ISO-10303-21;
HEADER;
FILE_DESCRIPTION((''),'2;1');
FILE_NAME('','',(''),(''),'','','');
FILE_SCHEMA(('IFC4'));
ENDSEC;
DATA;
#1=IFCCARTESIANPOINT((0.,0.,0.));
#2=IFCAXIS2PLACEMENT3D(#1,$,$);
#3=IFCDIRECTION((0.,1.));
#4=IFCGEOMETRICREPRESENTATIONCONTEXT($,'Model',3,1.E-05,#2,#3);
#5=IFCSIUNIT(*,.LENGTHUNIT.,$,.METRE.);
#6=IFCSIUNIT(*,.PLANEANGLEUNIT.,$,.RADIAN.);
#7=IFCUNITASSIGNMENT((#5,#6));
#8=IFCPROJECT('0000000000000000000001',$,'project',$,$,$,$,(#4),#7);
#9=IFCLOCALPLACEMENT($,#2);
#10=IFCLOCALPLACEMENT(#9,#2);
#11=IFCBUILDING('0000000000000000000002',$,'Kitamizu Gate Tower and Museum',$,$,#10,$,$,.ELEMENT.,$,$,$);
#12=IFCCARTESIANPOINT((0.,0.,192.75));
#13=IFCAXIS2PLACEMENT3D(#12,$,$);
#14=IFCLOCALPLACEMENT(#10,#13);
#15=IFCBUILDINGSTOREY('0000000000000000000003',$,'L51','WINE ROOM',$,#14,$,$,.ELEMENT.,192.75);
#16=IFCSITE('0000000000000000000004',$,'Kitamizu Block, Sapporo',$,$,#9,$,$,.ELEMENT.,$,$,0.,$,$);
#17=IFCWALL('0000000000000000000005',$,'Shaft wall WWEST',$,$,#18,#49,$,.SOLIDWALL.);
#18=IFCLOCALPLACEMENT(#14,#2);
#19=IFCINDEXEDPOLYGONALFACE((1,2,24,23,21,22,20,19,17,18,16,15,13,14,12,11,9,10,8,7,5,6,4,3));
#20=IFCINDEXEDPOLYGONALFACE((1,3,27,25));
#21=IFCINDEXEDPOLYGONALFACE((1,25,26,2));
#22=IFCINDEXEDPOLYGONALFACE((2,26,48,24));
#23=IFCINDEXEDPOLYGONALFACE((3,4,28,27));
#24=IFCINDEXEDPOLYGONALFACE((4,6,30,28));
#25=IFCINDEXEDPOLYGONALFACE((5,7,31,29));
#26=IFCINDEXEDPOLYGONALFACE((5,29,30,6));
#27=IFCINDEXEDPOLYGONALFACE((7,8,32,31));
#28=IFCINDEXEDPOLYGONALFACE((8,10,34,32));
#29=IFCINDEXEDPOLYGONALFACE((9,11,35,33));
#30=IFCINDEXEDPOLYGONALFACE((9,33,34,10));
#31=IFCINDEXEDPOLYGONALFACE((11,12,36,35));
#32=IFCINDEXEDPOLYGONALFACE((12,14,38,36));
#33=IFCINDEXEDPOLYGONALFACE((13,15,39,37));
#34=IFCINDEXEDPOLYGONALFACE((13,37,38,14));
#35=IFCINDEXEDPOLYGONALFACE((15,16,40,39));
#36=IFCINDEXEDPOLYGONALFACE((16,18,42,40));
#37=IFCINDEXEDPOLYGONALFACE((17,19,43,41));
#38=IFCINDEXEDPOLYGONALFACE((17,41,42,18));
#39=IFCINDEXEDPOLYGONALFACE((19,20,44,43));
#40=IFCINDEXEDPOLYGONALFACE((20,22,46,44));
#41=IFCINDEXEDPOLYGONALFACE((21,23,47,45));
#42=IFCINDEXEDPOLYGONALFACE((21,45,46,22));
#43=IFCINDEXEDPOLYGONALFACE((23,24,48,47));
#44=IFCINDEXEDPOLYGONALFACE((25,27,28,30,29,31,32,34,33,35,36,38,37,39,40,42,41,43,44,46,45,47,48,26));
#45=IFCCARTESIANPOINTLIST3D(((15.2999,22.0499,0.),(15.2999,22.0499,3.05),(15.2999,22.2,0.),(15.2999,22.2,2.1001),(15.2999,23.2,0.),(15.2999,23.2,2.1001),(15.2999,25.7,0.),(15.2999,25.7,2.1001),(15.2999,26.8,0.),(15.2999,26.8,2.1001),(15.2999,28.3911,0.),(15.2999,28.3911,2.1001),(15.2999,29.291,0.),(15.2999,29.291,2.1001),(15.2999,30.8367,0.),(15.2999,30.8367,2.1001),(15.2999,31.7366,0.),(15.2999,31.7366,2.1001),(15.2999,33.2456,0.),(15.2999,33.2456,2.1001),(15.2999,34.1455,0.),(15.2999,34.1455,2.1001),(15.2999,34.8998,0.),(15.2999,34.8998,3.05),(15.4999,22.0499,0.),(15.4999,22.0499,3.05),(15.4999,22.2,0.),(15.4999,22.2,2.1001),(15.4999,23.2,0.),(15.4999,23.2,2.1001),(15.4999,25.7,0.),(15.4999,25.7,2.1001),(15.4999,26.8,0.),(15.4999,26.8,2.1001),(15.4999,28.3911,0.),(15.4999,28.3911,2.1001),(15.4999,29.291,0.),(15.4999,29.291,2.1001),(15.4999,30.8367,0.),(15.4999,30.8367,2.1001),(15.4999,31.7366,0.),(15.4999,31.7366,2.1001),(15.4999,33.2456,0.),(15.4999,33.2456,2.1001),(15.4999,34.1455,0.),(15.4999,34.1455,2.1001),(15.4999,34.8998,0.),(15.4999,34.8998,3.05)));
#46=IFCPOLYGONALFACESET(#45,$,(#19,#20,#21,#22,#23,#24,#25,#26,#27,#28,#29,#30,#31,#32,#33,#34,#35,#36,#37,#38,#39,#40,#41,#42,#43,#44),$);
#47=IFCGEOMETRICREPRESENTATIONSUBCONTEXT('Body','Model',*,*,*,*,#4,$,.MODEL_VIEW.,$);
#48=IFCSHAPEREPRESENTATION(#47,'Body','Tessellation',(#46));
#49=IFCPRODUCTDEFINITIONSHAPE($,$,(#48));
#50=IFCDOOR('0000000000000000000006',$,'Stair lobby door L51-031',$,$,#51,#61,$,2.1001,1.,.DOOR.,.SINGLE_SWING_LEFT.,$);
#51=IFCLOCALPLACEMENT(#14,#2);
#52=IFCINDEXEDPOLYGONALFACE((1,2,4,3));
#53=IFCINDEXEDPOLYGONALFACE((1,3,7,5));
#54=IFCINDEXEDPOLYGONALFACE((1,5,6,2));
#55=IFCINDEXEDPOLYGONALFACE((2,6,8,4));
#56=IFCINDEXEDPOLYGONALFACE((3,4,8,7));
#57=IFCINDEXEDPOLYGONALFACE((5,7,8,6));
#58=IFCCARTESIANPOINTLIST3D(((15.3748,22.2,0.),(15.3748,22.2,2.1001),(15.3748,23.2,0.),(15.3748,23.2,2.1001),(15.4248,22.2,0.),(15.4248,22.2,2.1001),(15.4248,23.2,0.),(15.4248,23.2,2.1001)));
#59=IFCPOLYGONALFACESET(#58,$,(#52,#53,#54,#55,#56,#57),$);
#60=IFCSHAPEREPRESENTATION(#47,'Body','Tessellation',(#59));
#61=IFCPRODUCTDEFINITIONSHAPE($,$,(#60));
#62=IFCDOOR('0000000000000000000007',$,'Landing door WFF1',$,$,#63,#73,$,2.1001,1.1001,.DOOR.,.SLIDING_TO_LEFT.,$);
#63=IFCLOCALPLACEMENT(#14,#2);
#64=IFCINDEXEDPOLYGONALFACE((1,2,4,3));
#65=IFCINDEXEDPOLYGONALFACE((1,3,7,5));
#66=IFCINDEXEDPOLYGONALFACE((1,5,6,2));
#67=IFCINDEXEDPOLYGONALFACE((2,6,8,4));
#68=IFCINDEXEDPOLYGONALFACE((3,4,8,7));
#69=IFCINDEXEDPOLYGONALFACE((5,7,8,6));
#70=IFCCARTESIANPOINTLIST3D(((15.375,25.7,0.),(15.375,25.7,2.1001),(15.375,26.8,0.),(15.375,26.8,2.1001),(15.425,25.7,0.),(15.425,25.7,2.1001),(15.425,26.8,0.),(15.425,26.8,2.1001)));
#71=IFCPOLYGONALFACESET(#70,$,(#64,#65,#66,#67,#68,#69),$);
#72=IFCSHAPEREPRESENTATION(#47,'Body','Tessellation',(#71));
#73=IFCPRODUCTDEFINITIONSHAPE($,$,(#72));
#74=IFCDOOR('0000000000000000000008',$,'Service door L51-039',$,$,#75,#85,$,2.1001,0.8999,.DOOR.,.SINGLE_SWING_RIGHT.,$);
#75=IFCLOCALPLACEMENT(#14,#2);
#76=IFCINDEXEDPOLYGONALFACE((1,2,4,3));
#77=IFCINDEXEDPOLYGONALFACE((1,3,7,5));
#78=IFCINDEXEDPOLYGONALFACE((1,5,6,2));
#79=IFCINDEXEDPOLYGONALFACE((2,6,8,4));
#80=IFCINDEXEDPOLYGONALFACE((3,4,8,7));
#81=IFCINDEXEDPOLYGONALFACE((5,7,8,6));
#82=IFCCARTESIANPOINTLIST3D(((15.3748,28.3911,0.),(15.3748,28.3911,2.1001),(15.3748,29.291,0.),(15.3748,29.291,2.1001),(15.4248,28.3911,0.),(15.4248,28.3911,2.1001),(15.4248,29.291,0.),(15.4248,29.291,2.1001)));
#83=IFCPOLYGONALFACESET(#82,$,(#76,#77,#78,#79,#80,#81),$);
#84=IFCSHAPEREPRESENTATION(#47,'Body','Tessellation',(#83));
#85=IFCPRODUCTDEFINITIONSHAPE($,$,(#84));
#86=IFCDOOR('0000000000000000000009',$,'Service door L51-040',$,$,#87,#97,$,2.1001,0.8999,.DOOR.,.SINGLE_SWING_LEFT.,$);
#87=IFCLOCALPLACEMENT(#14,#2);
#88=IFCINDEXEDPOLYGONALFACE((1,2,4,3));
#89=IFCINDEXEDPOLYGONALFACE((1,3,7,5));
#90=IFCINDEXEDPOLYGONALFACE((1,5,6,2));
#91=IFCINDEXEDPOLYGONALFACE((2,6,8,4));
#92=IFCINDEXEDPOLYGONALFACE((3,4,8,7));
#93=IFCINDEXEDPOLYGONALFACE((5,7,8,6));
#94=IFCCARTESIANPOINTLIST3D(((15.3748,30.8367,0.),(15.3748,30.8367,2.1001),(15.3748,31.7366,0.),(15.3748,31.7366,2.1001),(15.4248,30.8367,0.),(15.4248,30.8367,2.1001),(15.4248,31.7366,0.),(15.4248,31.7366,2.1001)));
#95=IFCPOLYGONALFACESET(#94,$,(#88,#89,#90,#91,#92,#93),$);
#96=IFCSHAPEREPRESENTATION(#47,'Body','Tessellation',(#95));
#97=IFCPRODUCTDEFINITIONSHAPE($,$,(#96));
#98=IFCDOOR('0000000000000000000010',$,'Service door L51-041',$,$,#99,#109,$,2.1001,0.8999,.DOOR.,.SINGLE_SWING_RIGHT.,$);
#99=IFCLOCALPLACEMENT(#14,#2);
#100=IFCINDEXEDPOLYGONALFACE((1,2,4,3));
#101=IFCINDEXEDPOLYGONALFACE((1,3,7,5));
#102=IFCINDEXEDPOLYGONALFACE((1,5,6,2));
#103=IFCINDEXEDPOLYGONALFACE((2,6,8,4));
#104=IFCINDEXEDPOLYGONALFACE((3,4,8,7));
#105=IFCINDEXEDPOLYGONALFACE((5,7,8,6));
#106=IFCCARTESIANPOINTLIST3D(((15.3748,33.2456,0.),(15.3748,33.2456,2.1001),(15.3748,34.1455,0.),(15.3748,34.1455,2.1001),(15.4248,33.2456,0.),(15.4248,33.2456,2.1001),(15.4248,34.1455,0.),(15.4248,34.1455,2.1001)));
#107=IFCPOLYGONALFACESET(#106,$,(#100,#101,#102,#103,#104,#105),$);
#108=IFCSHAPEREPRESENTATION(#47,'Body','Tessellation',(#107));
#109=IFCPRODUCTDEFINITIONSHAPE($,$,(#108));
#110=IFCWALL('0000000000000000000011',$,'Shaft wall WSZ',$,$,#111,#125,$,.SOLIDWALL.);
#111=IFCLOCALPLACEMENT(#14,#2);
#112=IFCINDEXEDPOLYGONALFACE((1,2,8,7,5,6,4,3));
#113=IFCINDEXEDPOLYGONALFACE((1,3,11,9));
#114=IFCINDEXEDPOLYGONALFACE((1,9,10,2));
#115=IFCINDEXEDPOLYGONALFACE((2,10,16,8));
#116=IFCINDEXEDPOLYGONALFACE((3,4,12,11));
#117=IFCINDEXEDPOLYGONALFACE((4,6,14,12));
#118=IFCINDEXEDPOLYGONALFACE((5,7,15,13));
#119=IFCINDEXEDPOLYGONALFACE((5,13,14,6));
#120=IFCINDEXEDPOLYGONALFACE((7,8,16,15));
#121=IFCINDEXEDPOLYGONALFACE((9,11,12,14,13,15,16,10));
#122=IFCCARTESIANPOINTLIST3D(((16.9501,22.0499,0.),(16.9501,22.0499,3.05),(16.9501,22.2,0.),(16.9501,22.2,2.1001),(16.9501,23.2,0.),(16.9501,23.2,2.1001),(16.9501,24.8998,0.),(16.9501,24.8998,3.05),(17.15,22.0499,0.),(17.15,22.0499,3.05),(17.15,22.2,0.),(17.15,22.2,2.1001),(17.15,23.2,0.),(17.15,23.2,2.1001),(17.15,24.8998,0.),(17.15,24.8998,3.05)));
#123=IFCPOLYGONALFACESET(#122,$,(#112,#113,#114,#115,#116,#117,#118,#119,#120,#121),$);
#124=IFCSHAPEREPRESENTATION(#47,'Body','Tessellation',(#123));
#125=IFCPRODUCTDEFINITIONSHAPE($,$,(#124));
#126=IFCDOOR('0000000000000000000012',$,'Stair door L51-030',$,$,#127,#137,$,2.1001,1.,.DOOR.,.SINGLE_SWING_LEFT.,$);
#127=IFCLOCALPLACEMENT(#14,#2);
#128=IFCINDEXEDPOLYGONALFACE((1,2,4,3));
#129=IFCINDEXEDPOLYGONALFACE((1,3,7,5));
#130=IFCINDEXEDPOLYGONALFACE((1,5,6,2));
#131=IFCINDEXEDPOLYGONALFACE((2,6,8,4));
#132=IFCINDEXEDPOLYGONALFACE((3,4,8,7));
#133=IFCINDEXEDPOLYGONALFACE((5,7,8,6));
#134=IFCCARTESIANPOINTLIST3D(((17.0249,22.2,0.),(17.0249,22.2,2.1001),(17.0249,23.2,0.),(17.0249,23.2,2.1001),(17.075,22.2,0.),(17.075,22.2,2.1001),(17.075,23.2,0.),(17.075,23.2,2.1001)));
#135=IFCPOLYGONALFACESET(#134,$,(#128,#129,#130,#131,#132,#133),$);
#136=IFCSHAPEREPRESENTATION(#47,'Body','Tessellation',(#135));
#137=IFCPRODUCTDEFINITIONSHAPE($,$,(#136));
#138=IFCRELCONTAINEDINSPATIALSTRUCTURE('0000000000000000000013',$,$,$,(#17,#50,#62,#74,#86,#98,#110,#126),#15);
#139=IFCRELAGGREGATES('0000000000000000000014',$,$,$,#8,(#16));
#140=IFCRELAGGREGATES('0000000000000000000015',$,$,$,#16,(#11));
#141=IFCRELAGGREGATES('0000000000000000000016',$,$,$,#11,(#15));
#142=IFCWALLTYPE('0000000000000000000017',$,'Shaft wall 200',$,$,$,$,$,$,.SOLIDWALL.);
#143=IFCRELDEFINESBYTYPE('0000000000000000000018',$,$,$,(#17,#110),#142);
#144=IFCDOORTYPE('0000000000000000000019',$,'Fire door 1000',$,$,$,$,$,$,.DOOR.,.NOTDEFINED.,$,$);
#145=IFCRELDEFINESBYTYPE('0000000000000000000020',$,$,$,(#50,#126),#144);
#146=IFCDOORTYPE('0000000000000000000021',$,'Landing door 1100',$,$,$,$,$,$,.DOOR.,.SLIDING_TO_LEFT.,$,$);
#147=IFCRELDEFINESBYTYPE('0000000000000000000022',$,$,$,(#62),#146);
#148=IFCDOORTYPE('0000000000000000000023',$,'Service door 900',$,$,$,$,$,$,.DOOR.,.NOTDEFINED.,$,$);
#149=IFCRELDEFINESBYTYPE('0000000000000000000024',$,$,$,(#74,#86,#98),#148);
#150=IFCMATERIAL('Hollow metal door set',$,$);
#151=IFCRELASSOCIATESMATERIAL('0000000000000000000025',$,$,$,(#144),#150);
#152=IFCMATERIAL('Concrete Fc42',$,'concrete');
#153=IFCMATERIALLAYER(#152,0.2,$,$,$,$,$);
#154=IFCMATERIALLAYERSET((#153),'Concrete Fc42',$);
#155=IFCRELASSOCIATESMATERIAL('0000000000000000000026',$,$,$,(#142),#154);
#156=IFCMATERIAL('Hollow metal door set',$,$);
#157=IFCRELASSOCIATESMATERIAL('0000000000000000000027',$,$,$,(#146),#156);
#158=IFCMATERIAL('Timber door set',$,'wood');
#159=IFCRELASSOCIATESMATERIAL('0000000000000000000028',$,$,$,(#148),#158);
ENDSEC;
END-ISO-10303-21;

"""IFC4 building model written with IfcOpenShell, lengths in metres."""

from ifc_helpers import new_model, si_unit, direction, frame, frame_2d, origin, place, context, subcontext, project, spatial, rectangle, extrude, material, layer, layer_set, type_object, element, fill, save


model = new_model("IFC4")

# Units and contexts
model_context = context("Model", 3, precision=1e-05, world=origin(), true_north=direction((0.0, 1.0)))
body_context = subcontext(model_context, "Body", "Model", "MODEL_VIEW")
ifc_project = project(units=[si_unit("LENGTHUNIT", "METRE"), si_unit("PLANEANGLEUNIT", "RADIAN")], contexts=[model_context])

# Site, building, storey
site_placement = place(None, origin())
site = spatial("IfcSite", under=ifc_project, at=site_placement, Name="Kitamizu Block, Sapporo", CompositionType="ELEMENT", RefElevation=0.0)
building_placement = place(site_placement, origin())
building = spatial("IfcBuilding", under=site, at=building_placement, Name="Kitamizu Gate Tower and Museum", CompositionType="ELEMENT")
storey_placement = place(building_placement, frame((0.0, 0.0, 192.75)))
storey = spatial("IfcBuildingStorey", under=building, at=storey_placement, Name="L51", Description="WINE ROOM", CompositionType="ELEMENT", Elevation=192.75)

# Shared definitions
ifc_material_1 = material(Name="Hollow metal door set")
door_type_1 = type_object("IfcDoorType", Name="Fire door 1000", OperationType="NOTDEFINED", PredefinedType="DOOR", material=ifc_material_1)

# Wall, openings, doors
ifc_material_2 = material(Name="Concrete Fc42", Category="concrete")
ifc_layer_1 = layer(ifc_material_2, 0.2)
ifc_layer_set_1 = layer_set([ifc_layer_1], Name="Concrete Fc42")
wall_type_1 = type_object("IfcWallType", Name="Shaft wall 200", PredefinedType="SOLIDWALL", material=ifc_layer_set_1)
wall_1_placement = place(storey_placement, frame((15.3999, 22.05, 0.0), z_axis=(0.0, 0.0, 1.0), x_axis=(0.0, 1.0, 0.0)))
wall_1 = element("IfcWall", 1, at=wall_1_placement, inside=storey, type_object=wall_type_1, Name="Shaft wall WWEST", PredefinedType="SOLIDWALL", context=body_context, shape_type="SweptSolid", body=[
    extrude(rectangle(XDim=12.8499, YDim=0.2, at=frame_2d((6.4248, 0.0))), origin(), (0.0, 0.0, 1.0), 3.05),
])
opening_1_placement = place(wall_1_placement, frame((3.6499, 0.0, 0.0)))
opening_1 = element("IfcOpeningElement", 2, at=opening_1_placement, cuts=wall_1, PredefinedType="OPENING", context=body_context, shape_type="SweptSolid", body=[
    extrude(rectangle(XDim=1.1001, YDim=2.1001, at=frame_2d((0.55, 1.05))), frame((0.0, 0.1099, 0.0), z_axis=(0.0, -1.0, 0.0), x_axis=(1.0, 0.0, 0.0)), (0.0, 0.0, 1.0), 0.22),
])
opening_2_placement = place(wall_1_placement, frame((0.1499, 0.0, 0.0)))
opening_2 = element("IfcOpeningElement", 3, at=opening_2_placement, cuts=wall_1, PredefinedType="OPENING", context=body_context, shape_type="SweptSolid", body=[
    extrude(rectangle(XDim=1.0, YDim=2.1001, at=frame_2d((0.5, 1.05))), frame((0.0, 0.1099, 0.0), z_axis=(0.0, -1.0, 0.0), x_axis=(1.0, 0.0, 0.0)), (0.0, 0.0, 1.0), 0.22),
])
opening_3_placement = place(wall_1_placement, frame((6.3411, 0.0, 0.0)))
opening_3 = element("IfcOpeningElement", 4, at=opening_3_placement, cuts=wall_1, PredefinedType="OPENING", context=body_context, shape_type="SweptSolid", body=[
    extrude(rectangle(XDim=0.8999, YDim=2.1001, at=frame_2d((0.45, 1.05))), frame((0.0, 0.1099, 0.0), z_axis=(0.0, -1.0, 0.0), x_axis=(1.0, 0.0, 0.0)), (0.0, 0.0, 1.0), 0.22),
])
opening_4_placement = place(wall_1_placement, frame((8.7866, 0.0, 0.0)))
opening_4 = element("IfcOpeningElement", 5, at=opening_4_placement, cuts=wall_1, PredefinedType="OPENING", context=body_context, shape_type="SweptSolid", body=[
    extrude(rectangle(XDim=0.8999, YDim=2.1001, at=frame_2d((0.45, 1.05))), frame((0.0, 0.1099, 0.0), z_axis=(0.0, -1.0, 0.0), x_axis=(1.0, 0.0, 0.0)), (0.0, 0.0, 1.0), 0.22),
])
opening_5_placement = place(wall_1_placement, frame((11.1956, 0.0, 0.0)))
opening_5 = element("IfcOpeningElement", 6, at=opening_5_placement, cuts=wall_1, PredefinedType="OPENING", context=body_context, shape_type="SweptSolid", body=[
    extrude(rectangle(XDim=0.8999, YDim=2.1001, at=frame_2d((0.45, 1.05))), frame((0.0, 0.1099, 0.0), z_axis=(0.0, -1.0, 0.0), x_axis=(1.0, 0.0, 0.0)), (0.0, 0.0, 1.0), 0.22),
])
door_1_placement = place(opening_2_placement, frame((1.0, 0.0, 0.0), x_axis=(-1.0, 0.0, 0.0)))
door_1 = element("IfcDoor", 7, at=door_1_placement, inside=storey, type_object=door_type_1, Name="Stair lobby door L51-031", OperationType="SINGLE_SWING_LEFT", OverallHeight=2.1001, OverallWidth=1.0, PredefinedType="DOOR", context=body_context, shape_type="SweptSolid", body=[
    extrude(rectangle(XDim=1.0, YDim=2.1001, at=frame_2d((0.5, 1.05))), frame((0.0, 0.0249, 0.0), z_axis=(0.0, -1.0, 0.0), x_axis=(1.0, 0.0, 0.0)), (0.0, 0.0, 1.0), 0.05),
])
fill(opening_2, door_1)
ifc_material_3 = material(Name="Hollow metal door set")
door_type_2 = type_object("IfcDoorType", Name="Landing door 1100", OperationType="SLIDING_TO_LEFT", PredefinedType="DOOR", material=ifc_material_3)
door_2_placement = place(opening_1_placement, origin())
door_2 = element("IfcDoor", 8, at=door_2_placement, inside=storey, type_object=door_type_2, Name="Landing door WFF1", OperationType="SLIDING_TO_LEFT", OverallHeight=2.1001, OverallWidth=1.1001, PredefinedType="DOOR", context=body_context, shape_type="SweptSolid", body=[
    extrude(rectangle(XDim=1.1001, YDim=2.1001, at=frame_2d((0.55, 1.05))), frame((0.0, 0.0249, 0.0), z_axis=(0.0, -1.0, 0.0), x_axis=(1.0, 0.0, 0.0)), (0.0, 0.0, 1.0), 0.05),
])
fill(opening_1, door_2)
ifc_material_4 = material(Name="Timber door set", Category="wood")
door_type_3 = type_object("IfcDoorType", Name="Service door 900", OperationType="NOTDEFINED", PredefinedType="DOOR", material=ifc_material_4)
door_3_placement = place(opening_3_placement, frame((0.8999, 0.0, 0.0), x_axis=(-1.0, 0.0, 0.0)))
door_3 = element("IfcDoor", 9, at=door_3_placement, inside=storey, type_object=door_type_3, Name="Service door L51-039", OperationType="SINGLE_SWING_RIGHT", OverallHeight=2.1001, OverallWidth=0.8999, PredefinedType="DOOR", context=body_context, shape_type="SweptSolid", body=[
    extrude(rectangle(XDim=0.8999, YDim=2.1001, at=frame_2d((0.45, 1.05))), frame((0.0, 0.0249, 0.0), z_axis=(0.0, -1.0, 0.0), x_axis=(1.0, 0.0, 0.0)), (0.0, 0.0, 1.0), 0.05),
])
fill(opening_3, door_3)
door_4_placement = place(opening_4_placement, frame((0.8999, 0.0, 0.0), x_axis=(-1.0, 0.0, 0.0)))
door_4 = element("IfcDoor", 10, at=door_4_placement, inside=storey, type_object=door_type_3, Name="Service door L51-040", OperationType="SINGLE_SWING_LEFT", OverallHeight=2.1001, OverallWidth=0.8999, PredefinedType="DOOR", context=body_context, shape_type="SweptSolid", body=[
    extrude(rectangle(XDim=0.8999, YDim=2.1001, at=frame_2d((0.45, 1.05))), frame((0.0, 0.0249, 0.0), z_axis=(0.0, -1.0, 0.0), x_axis=(1.0, 0.0, 0.0)), (0.0, 0.0, 1.0), 0.05),
])
fill(opening_4, door_4)
door_5_placement = place(opening_5_placement, frame((0.8999, 0.0, 0.0), x_axis=(-1.0, 0.0, 0.0)))
door_5 = element("IfcDoor", 11, at=door_5_placement, inside=storey, type_object=door_type_3, Name="Service door L51-041", OperationType="SINGLE_SWING_RIGHT", OverallHeight=2.1001, OverallWidth=0.8999, PredefinedType="DOOR", context=body_context, shape_type="SweptSolid", body=[
    extrude(rectangle(XDim=0.8999, YDim=2.1001, at=frame_2d((0.45, 1.05))), frame((0.0, 0.0249, 0.0), z_axis=(0.0, -1.0, 0.0), x_axis=(1.0, 0.0, 0.0)), (0.0, 0.0, 1.0), 0.05),
])
fill(opening_5, door_5)

# Wall, opening, door
wall_2_placement = place(storey_placement, frame((17.05, 22.05, 0.0), z_axis=(0.0, 0.0, 1.0), x_axis=(0.0, 1.0, 0.0)))
wall_2 = element("IfcWall", 12, at=wall_2_placement, inside=storey, type_object=wall_type_1, Name="Shaft wall WSZ", PredefinedType="SOLIDWALL", context=body_context, shape_type="SweptSolid", body=[
    extrude(rectangle(XDim=2.8499, YDim=0.2, at=frame_2d((1.4248, 0.0))), origin(), (0.0, 0.0, 1.0), 3.05),
])
opening_6_placement = place(wall_2_placement, frame((0.1499, 0.0, 0.0)))
opening_6 = element("IfcOpeningElement", 13, at=opening_6_placement, cuts=wall_2, PredefinedType="OPENING", context=body_context, shape_type="SweptSolid", body=[
    extrude(rectangle(XDim=1.0, YDim=2.1001, at=frame_2d((0.5, 1.05))), frame((0.0, 0.1099, 0.0), z_axis=(0.0, -1.0, 0.0), x_axis=(1.0, 0.0, 0.0)), (0.0, 0.0, 1.0), 0.22),
])
door_6_placement = place(opening_6_placement, frame((1.0, 0.0, 0.0), x_axis=(-1.0, 0.0, 0.0)))
door_6 = element("IfcDoor", 14, at=door_6_placement, inside=storey, type_object=door_type_1, Name="Stair door L51-030", OperationType="SINGLE_SWING_LEFT", OverallHeight=2.1001, OverallWidth=1.0, PredefinedType="DOOR", context=body_context, shape_type="SweptSolid", body=[
    extrude(rectangle(XDim=1.0, YDim=2.1001, at=frame_2d((0.5, 1.05))), frame((0.0, 0.0249, 0.0), z_axis=(0.0, -1.0, 0.0), x_axis=(1.0, 0.0, 0.0)), (0.0, 0.0, 1.0), 0.05),
])
fill(opening_6, door_6)

save(model, "model.ifc")
